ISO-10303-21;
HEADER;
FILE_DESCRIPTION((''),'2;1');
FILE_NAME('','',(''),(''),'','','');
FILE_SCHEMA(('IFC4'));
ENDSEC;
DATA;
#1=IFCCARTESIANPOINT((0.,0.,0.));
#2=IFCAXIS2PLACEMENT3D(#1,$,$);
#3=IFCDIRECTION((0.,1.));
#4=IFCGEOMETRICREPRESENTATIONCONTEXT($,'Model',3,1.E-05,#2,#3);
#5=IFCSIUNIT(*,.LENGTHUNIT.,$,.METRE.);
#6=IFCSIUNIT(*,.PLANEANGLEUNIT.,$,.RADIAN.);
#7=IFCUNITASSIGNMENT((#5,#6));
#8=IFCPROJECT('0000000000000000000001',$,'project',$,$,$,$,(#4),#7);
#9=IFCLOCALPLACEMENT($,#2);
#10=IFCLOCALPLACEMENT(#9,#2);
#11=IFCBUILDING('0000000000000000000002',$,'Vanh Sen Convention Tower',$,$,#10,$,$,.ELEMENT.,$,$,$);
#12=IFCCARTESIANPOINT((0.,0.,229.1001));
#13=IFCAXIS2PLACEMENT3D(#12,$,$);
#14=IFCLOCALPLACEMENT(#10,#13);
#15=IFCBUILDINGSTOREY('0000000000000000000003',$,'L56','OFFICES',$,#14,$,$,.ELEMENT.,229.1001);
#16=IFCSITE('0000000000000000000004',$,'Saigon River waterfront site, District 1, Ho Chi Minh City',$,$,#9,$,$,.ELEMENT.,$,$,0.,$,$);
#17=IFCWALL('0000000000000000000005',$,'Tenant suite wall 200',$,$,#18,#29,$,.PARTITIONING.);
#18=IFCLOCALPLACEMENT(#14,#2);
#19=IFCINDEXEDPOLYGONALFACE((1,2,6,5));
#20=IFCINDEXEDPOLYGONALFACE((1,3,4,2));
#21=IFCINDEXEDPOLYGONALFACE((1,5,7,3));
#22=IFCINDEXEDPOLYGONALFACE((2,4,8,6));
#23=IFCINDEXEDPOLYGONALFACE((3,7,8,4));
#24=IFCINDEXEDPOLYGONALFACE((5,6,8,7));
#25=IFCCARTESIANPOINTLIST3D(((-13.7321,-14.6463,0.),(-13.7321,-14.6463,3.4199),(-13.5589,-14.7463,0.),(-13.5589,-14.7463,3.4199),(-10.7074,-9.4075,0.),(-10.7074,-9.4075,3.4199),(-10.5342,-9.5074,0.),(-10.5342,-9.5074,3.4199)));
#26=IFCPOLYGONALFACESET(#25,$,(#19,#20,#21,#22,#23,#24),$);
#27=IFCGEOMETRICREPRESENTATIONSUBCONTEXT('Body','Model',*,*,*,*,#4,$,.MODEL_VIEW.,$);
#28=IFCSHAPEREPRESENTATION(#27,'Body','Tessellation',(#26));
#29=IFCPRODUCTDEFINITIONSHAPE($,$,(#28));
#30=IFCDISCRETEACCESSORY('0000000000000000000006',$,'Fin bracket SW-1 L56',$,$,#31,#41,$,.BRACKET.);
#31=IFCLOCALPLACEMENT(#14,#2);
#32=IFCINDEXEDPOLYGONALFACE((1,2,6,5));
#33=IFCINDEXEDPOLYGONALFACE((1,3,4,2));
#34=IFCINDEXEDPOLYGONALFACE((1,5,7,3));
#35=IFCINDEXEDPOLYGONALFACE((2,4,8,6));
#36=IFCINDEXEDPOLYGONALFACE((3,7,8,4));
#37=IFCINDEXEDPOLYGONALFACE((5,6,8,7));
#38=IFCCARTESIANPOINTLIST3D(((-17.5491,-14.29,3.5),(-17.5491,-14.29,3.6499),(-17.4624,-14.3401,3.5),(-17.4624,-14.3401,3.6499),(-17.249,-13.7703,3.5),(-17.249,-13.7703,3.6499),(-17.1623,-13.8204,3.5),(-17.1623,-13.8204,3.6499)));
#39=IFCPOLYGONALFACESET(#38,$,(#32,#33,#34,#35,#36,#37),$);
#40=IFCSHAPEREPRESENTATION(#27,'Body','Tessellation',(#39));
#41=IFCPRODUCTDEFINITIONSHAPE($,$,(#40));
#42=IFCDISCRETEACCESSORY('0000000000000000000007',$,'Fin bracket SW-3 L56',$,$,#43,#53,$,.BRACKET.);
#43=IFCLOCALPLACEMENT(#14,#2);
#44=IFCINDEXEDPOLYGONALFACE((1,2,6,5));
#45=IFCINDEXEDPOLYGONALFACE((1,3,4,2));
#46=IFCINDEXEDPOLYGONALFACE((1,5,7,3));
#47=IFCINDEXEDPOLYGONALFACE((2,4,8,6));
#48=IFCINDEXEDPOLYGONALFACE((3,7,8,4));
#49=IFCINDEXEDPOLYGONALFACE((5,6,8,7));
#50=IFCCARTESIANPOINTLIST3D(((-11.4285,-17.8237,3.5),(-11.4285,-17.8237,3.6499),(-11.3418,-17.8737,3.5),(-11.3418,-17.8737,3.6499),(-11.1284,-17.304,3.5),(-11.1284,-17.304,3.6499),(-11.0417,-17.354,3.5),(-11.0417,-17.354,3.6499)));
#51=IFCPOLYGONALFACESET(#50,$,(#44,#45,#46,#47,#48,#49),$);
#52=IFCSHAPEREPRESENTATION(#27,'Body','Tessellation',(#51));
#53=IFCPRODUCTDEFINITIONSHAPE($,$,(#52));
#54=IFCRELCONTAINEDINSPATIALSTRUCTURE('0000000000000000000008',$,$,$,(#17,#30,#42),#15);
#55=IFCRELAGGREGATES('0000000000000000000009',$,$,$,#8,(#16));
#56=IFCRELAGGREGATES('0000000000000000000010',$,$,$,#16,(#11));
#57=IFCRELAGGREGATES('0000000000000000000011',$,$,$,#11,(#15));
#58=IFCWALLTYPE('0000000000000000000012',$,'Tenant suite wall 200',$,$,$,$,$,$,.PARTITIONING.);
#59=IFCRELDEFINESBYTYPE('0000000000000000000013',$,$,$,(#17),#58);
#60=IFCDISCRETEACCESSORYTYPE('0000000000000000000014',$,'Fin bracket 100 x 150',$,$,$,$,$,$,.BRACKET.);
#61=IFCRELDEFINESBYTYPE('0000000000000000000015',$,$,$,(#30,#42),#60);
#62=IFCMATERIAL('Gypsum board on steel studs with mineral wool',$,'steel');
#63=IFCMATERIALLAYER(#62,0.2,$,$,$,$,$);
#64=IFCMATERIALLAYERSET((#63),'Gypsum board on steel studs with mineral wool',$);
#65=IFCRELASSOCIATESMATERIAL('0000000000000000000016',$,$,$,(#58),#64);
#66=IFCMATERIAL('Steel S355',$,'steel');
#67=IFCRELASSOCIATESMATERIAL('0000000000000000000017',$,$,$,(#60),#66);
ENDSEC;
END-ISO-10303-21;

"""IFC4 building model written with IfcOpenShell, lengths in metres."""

from ifc_helpers import new_model, si_unit, direction, frame, frame_2d, origin, origin_2d, place, context, subcontext, project, spatial, rectangle, extrude, material, layer, layer_set, type_object, element, save


model = new_model("IFC4")

# Units and contexts
model_context = context("Model", 3, precision=1e-05, world=origin(), true_north=direction((0.0, 1.0)))
body_context = subcontext(model_context, "Body", "Model", "MODEL_VIEW")
ifc_project = project(units=[si_unit("LENGTHUNIT", "METRE"), si_unit("PLANEANGLEUNIT", "RADIAN")], contexts=[model_context])

# Site, building, storey
site_placement = place(None, origin())
site = spatial("IfcSite", under=ifc_project, at=site_placement, Name="Saigon River waterfront site, District 1, Ho Chi Minh City", CompositionType="ELEMENT", RefElevation=0.0)
building_placement = place(site_placement, origin())
building = spatial("IfcBuilding", under=site, at=building_placement, Name="Vanh Sen Convention Tower", CompositionType="ELEMENT")
storey_placement = place(building_placement, frame((0.0, 0.0, 229.1001)))
storey = spatial("IfcBuildingStorey", under=building, at=storey_placement, Name="L56", Description="OFFICES", CompositionType="ELEMENT", Elevation=229.1001)

# Shared definitions
ifc_material_1 = material(Name="Gypsum board on steel studs with mineral wool", Category="steel")

# Wall
ifc_layer_1 = layer(ifc_material_1, 0.2)
ifc_layer_set_1 = layer_set([ifc_layer_1], Name="Gypsum board on steel studs with mineral wool")
wall_type_1 = type_object("IfcWallType", Name="Tenant suite wall 200", PredefinedType="PARTITIONING", material=ifc_layer_set_1)
wall_1_placement = place(storey_placement, frame((-13.6455, -14.6963, 0.0), z_axis=(0.0, 0.0, 1.0), x_axis=(0.500007, 0.866022, 0.0)))
element("IfcWall", 1, at=wall_1_placement, inside=storey, type_object=wall_type_1, Name="Tenant suite wall 200", PredefinedType="PARTITIONING", context=body_context, shape_type="SweptSolid", body=[
    extrude(rectangle(XDim=6.0493, YDim=0.2, at=frame_2d((3.0247, 0.0))), origin(), (0.0, 0.0, 1.0), 3.4199),
])

# Discrete accessories
ifc_material_2 = material(Name="Steel S355", Category="steel")
discrete_accessory_type = type_object("IfcDiscreteAccessoryType", Name="Fin bracket 100 x 150", PredefinedType="BRACKET", material=ifc_material_2)
for number, where, z_axis, x_axis, name in (
    (2, (-17.3557, -14.0552, 3.5), (0.0, 0.0, 1.0), (-0.5, -0.866025, 0.0), "Fin bracket SW-1 L56"),
    (3, (-11.2351, -17.5889, 3.5), (0.0, 0.0, 1.0), (-0.5, -0.866025, 0.0), "Fin bracket SW-3 L56"),
):
    element("IfcDiscreteAccessory", number, at=place(storey_placement, frame(where, z_axis=z_axis, x_axis=x_axis)), inside=storey, type_object=discrete_accessory_type, Name=name, PredefinedType="BRACKET", context=body_context, shape_type="SweptSolid", body=[
        extrude(rectangle(XDim=0.6001, YDim=0.1001, at=origin_2d()), origin(), (0.0, 0.0, 1.0), 0.1499),
    ])

save(model, "model.ifc")
